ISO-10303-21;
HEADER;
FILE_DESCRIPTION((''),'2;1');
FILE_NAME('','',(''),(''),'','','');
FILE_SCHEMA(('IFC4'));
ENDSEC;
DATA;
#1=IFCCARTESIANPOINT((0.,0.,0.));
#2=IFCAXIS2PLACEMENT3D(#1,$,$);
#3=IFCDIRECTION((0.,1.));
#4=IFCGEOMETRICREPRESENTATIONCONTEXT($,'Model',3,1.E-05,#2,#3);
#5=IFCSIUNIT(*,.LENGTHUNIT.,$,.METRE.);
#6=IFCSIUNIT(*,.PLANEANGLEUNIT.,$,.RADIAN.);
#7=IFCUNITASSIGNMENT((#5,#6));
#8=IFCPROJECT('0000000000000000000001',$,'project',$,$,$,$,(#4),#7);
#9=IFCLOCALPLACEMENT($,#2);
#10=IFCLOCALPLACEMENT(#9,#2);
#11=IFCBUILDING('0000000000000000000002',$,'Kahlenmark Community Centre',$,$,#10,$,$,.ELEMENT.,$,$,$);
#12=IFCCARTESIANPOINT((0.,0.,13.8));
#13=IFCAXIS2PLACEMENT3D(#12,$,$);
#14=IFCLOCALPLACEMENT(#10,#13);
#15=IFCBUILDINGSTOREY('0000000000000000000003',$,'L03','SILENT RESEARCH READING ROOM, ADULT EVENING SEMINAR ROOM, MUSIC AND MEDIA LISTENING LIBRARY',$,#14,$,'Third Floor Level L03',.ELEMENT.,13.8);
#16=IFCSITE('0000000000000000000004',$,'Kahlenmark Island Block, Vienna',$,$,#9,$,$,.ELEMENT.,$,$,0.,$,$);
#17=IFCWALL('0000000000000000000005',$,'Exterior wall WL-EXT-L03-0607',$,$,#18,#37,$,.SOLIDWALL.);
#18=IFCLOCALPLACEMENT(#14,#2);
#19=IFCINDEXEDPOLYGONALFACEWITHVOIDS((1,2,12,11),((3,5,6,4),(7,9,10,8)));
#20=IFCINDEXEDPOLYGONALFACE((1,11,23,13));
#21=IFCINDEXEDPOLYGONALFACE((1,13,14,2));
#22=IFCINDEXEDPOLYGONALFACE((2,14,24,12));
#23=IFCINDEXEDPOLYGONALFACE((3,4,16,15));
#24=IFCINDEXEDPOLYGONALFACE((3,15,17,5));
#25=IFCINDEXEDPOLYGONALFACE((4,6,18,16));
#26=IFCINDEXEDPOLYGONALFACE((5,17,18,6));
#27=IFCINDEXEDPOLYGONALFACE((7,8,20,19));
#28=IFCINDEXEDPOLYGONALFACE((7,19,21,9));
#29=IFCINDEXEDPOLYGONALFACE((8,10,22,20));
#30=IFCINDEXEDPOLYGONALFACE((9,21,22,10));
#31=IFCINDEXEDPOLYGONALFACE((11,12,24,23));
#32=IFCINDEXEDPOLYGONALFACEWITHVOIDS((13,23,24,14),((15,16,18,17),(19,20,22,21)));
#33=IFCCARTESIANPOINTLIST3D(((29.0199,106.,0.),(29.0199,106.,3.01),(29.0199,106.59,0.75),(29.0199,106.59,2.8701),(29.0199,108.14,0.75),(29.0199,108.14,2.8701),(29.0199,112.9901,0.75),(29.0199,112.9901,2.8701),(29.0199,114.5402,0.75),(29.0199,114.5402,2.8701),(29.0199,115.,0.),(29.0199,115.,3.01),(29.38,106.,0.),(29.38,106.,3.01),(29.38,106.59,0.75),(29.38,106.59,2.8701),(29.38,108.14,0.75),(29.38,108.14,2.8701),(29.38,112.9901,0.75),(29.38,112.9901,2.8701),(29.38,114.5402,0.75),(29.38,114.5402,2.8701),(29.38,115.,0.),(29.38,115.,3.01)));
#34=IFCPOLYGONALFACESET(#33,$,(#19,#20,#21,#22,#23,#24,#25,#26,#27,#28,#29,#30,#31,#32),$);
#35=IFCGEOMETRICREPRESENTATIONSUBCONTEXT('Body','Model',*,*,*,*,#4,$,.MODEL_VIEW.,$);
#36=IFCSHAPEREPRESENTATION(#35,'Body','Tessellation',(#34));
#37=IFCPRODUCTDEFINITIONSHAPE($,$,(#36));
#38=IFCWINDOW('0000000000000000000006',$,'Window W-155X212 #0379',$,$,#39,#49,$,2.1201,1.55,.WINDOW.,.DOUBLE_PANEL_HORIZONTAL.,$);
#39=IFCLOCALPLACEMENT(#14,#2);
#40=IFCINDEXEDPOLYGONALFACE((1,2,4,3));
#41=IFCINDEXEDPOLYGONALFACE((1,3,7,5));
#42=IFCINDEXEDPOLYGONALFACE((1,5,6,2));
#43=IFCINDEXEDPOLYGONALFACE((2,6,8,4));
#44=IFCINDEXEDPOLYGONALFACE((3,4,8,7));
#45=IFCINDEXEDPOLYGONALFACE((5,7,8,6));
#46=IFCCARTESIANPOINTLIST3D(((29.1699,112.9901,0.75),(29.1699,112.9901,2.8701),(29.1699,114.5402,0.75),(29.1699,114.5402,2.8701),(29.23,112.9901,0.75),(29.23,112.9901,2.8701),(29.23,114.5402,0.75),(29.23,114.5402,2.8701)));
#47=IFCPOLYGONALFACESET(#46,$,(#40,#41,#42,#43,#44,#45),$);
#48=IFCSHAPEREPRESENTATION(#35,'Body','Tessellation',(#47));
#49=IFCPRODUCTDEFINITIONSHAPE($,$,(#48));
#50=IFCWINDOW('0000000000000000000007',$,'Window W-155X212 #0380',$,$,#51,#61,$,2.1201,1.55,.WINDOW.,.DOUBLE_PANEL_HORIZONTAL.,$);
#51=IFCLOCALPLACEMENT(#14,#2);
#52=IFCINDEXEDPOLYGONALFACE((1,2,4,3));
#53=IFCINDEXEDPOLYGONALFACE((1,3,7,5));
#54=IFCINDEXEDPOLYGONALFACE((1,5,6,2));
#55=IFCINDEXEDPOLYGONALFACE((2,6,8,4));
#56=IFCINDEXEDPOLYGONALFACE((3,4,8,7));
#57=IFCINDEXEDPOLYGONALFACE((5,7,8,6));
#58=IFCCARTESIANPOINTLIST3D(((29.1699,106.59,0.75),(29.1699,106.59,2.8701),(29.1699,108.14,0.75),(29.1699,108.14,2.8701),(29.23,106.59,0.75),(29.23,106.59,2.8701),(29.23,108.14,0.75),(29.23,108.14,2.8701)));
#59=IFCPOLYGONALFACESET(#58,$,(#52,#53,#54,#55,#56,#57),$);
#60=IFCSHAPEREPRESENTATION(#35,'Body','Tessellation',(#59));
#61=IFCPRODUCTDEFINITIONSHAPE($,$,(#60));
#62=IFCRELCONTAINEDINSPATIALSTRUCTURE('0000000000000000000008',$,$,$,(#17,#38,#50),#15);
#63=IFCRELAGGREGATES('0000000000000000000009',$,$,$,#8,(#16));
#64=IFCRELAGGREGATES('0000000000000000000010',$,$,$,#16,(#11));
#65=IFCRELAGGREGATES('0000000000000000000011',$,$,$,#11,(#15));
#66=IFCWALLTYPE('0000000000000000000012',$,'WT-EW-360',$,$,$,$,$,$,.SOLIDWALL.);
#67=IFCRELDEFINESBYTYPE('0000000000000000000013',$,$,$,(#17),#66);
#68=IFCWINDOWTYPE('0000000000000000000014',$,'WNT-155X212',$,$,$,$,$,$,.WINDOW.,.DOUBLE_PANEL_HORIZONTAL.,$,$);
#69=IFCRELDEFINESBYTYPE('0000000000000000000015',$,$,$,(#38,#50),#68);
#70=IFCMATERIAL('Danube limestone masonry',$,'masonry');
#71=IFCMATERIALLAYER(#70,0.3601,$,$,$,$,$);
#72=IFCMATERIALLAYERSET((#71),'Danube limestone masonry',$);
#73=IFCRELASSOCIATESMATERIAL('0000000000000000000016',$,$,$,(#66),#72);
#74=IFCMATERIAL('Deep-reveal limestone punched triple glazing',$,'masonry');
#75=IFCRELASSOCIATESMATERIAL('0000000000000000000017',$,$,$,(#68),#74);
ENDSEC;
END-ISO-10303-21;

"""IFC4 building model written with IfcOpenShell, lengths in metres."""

from ifc_helpers import new_model, si_unit, direction, frame, frame_2d, origin, place, context, subcontext, project, spatial, rectangle, extrude, material, layer, layer_set, type_object, element, fill, save


model = new_model("IFC4")

# Units and contexts
model_context = context("Model", 3, precision=1e-05, world=origin(), true_north=direction((0.0, 1.0)))
body_context = subcontext(model_context, "Body", "Model", "MODEL_VIEW")
ifc_project = project(units=[si_unit("LENGTHUNIT", "METRE"), si_unit("PLANEANGLEUNIT", "RADIAN")], contexts=[model_context])

# Site, building, storey
site_placement = place(None, origin())
site = spatial("IfcSite", under=ifc_project, at=site_placement, Name="Kahlenmark Island Block, Vienna", CompositionType="ELEMENT", RefElevation=0.0)
building_placement = place(site_placement, origin())
building = spatial("IfcBuilding", under=site, at=building_placement, Name="Kahlenmark Community Centre", CompositionType="ELEMENT")
storey_placement = place(building_placement, frame((0.0, 0.0, 13.8)))
storey = spatial("IfcBuildingStorey", under=building, at=storey_placement, Name="L03", Description="SILENT RESEARCH READING ROOM, ADULT EVENING SEMINAR ROOM, MUSIC AND MEDIA LISTENING LIBRARY", LongName="Third Floor Level L03", CompositionType="ELEMENT", Elevation=13.8)

# Shared definitions
ifc_material_1 = material(Name="Danube limestone masonry", Category="masonry")
ifc_layer_1 = layer(ifc_material_1, 0.3601)
ifc_layer_set_1 = layer_set([ifc_layer_1], Name="Danube limestone masonry")
wall_type = type_object("IfcWallType", Name="WT-EW-360", PredefinedType="SOLIDWALL", material=ifc_layer_set_1)

# Wall, openings, windows
wall_1_placement = place(storey_placement, frame((29.2, 115.0, 0.0), z_axis=(0.0, 0.0, 1.0), x_axis=(0.0, -1.0, 0.0)))
wall_1 = element("IfcWall", 1, at=wall_1_placement, inside=storey, type_object=wall_type, Name="Exterior wall WL-EXT-L03-0607", PredefinedType="SOLIDWALL", context=body_context, shape_type="SweptSolid", body=[
    extrude(rectangle(XDim=9.0, YDim=0.3601, at=frame_2d((4.5, 0.0))), origin(), (0.0, 0.0, 1.0), 3.01),
])
opening_1_placement = place(wall_1_placement, frame((0.46, 0.0, 0.75)))
opening_1 = element("IfcOpeningElement", 2, at=opening_1_placement, cuts=wall_1, PredefinedType="OPENING", context=body_context, shape_type="SweptSolid", body=[
    extrude(rectangle(XDim=1.55, YDim=2.1201, at=frame_2d((0.7749, 1.0601))), frame((0.0, 0.1899, 0.0), z_axis=(0.0, -1.0, 0.0), x_axis=(1.0, 0.0, 0.0)), (0.0, 0.0, 1.0), 0.3801),
])
opening_2_placement = place(wall_1_placement, frame((6.8601, 0.0, 0.75)))
opening_2 = element("IfcOpeningElement", 3, at=opening_2_placement, cuts=wall_1, PredefinedType="OPENING", context=body_context, shape_type="SweptSolid", body=[
    extrude(rectangle(XDim=1.55, YDim=2.1201, at=frame_2d((0.7749, 1.0601))), frame((0.0, 0.1899, 0.0), z_axis=(0.0, -1.0, 0.0), x_axis=(1.0, 0.0, 0.0)), (0.0, 0.0, 1.0), 0.3801),
])
ifc_material_2 = material(Name="Deep-reveal limestone punched triple glazing", Category="masonry")
window_type = type_object("IfcWindowType", Name="WNT-155X212", PartitioningType="DOUBLE_PANEL_HORIZONTAL", PredefinedType="WINDOW", material=ifc_material_2)
window_1_placement = place(opening_1_placement, origin())
window_1 = element("IfcWindow", 4, at=window_1_placement, inside=storey, type_object=window_type, Name="Window W-155X212 #0379", OverallHeight=2.1201, OverallWidth=1.55, PartitioningType="DOUBLE_PANEL_HORIZONTAL", PredefinedType="WINDOW", context=body_context, shape_type="SweptSolid", body=[
    extrude(rectangle(XDim=1.55, YDim=2.1201, at=frame_2d((0.7749, 1.0601))), frame((0.0, 0.03, 0.0), z_axis=(0.0, -1.0, 0.0), x_axis=(1.0, 0.0, 0.0)), (0.0, 0.0, 1.0), 0.0601),
])
fill(opening_1, window_1)
window_2_placement = place(opening_2_placement, origin())
window_2 = element("IfcWindow", 5, at=window_2_placement, inside=storey, type_object=window_type, Name="Window W-155X212 #0380", OverallHeight=2.1201, OverallWidth=1.55, PartitioningType="DOUBLE_PANEL_HORIZONTAL", PredefinedType="WINDOW", context=body_context, shape_type="SweptSolid", body=[
    extrude(rectangle(XDim=1.55, YDim=2.1201, at=frame_2d((0.7749, 1.0601))), frame((0.0, 0.03, 0.0), z_axis=(0.0, -1.0, 0.0), x_axis=(1.0, 0.0, 0.0)), (0.0, 0.0, 1.0), 0.0601),
])
fill(opening_2, window_2)

save(model, "model.ifc")
